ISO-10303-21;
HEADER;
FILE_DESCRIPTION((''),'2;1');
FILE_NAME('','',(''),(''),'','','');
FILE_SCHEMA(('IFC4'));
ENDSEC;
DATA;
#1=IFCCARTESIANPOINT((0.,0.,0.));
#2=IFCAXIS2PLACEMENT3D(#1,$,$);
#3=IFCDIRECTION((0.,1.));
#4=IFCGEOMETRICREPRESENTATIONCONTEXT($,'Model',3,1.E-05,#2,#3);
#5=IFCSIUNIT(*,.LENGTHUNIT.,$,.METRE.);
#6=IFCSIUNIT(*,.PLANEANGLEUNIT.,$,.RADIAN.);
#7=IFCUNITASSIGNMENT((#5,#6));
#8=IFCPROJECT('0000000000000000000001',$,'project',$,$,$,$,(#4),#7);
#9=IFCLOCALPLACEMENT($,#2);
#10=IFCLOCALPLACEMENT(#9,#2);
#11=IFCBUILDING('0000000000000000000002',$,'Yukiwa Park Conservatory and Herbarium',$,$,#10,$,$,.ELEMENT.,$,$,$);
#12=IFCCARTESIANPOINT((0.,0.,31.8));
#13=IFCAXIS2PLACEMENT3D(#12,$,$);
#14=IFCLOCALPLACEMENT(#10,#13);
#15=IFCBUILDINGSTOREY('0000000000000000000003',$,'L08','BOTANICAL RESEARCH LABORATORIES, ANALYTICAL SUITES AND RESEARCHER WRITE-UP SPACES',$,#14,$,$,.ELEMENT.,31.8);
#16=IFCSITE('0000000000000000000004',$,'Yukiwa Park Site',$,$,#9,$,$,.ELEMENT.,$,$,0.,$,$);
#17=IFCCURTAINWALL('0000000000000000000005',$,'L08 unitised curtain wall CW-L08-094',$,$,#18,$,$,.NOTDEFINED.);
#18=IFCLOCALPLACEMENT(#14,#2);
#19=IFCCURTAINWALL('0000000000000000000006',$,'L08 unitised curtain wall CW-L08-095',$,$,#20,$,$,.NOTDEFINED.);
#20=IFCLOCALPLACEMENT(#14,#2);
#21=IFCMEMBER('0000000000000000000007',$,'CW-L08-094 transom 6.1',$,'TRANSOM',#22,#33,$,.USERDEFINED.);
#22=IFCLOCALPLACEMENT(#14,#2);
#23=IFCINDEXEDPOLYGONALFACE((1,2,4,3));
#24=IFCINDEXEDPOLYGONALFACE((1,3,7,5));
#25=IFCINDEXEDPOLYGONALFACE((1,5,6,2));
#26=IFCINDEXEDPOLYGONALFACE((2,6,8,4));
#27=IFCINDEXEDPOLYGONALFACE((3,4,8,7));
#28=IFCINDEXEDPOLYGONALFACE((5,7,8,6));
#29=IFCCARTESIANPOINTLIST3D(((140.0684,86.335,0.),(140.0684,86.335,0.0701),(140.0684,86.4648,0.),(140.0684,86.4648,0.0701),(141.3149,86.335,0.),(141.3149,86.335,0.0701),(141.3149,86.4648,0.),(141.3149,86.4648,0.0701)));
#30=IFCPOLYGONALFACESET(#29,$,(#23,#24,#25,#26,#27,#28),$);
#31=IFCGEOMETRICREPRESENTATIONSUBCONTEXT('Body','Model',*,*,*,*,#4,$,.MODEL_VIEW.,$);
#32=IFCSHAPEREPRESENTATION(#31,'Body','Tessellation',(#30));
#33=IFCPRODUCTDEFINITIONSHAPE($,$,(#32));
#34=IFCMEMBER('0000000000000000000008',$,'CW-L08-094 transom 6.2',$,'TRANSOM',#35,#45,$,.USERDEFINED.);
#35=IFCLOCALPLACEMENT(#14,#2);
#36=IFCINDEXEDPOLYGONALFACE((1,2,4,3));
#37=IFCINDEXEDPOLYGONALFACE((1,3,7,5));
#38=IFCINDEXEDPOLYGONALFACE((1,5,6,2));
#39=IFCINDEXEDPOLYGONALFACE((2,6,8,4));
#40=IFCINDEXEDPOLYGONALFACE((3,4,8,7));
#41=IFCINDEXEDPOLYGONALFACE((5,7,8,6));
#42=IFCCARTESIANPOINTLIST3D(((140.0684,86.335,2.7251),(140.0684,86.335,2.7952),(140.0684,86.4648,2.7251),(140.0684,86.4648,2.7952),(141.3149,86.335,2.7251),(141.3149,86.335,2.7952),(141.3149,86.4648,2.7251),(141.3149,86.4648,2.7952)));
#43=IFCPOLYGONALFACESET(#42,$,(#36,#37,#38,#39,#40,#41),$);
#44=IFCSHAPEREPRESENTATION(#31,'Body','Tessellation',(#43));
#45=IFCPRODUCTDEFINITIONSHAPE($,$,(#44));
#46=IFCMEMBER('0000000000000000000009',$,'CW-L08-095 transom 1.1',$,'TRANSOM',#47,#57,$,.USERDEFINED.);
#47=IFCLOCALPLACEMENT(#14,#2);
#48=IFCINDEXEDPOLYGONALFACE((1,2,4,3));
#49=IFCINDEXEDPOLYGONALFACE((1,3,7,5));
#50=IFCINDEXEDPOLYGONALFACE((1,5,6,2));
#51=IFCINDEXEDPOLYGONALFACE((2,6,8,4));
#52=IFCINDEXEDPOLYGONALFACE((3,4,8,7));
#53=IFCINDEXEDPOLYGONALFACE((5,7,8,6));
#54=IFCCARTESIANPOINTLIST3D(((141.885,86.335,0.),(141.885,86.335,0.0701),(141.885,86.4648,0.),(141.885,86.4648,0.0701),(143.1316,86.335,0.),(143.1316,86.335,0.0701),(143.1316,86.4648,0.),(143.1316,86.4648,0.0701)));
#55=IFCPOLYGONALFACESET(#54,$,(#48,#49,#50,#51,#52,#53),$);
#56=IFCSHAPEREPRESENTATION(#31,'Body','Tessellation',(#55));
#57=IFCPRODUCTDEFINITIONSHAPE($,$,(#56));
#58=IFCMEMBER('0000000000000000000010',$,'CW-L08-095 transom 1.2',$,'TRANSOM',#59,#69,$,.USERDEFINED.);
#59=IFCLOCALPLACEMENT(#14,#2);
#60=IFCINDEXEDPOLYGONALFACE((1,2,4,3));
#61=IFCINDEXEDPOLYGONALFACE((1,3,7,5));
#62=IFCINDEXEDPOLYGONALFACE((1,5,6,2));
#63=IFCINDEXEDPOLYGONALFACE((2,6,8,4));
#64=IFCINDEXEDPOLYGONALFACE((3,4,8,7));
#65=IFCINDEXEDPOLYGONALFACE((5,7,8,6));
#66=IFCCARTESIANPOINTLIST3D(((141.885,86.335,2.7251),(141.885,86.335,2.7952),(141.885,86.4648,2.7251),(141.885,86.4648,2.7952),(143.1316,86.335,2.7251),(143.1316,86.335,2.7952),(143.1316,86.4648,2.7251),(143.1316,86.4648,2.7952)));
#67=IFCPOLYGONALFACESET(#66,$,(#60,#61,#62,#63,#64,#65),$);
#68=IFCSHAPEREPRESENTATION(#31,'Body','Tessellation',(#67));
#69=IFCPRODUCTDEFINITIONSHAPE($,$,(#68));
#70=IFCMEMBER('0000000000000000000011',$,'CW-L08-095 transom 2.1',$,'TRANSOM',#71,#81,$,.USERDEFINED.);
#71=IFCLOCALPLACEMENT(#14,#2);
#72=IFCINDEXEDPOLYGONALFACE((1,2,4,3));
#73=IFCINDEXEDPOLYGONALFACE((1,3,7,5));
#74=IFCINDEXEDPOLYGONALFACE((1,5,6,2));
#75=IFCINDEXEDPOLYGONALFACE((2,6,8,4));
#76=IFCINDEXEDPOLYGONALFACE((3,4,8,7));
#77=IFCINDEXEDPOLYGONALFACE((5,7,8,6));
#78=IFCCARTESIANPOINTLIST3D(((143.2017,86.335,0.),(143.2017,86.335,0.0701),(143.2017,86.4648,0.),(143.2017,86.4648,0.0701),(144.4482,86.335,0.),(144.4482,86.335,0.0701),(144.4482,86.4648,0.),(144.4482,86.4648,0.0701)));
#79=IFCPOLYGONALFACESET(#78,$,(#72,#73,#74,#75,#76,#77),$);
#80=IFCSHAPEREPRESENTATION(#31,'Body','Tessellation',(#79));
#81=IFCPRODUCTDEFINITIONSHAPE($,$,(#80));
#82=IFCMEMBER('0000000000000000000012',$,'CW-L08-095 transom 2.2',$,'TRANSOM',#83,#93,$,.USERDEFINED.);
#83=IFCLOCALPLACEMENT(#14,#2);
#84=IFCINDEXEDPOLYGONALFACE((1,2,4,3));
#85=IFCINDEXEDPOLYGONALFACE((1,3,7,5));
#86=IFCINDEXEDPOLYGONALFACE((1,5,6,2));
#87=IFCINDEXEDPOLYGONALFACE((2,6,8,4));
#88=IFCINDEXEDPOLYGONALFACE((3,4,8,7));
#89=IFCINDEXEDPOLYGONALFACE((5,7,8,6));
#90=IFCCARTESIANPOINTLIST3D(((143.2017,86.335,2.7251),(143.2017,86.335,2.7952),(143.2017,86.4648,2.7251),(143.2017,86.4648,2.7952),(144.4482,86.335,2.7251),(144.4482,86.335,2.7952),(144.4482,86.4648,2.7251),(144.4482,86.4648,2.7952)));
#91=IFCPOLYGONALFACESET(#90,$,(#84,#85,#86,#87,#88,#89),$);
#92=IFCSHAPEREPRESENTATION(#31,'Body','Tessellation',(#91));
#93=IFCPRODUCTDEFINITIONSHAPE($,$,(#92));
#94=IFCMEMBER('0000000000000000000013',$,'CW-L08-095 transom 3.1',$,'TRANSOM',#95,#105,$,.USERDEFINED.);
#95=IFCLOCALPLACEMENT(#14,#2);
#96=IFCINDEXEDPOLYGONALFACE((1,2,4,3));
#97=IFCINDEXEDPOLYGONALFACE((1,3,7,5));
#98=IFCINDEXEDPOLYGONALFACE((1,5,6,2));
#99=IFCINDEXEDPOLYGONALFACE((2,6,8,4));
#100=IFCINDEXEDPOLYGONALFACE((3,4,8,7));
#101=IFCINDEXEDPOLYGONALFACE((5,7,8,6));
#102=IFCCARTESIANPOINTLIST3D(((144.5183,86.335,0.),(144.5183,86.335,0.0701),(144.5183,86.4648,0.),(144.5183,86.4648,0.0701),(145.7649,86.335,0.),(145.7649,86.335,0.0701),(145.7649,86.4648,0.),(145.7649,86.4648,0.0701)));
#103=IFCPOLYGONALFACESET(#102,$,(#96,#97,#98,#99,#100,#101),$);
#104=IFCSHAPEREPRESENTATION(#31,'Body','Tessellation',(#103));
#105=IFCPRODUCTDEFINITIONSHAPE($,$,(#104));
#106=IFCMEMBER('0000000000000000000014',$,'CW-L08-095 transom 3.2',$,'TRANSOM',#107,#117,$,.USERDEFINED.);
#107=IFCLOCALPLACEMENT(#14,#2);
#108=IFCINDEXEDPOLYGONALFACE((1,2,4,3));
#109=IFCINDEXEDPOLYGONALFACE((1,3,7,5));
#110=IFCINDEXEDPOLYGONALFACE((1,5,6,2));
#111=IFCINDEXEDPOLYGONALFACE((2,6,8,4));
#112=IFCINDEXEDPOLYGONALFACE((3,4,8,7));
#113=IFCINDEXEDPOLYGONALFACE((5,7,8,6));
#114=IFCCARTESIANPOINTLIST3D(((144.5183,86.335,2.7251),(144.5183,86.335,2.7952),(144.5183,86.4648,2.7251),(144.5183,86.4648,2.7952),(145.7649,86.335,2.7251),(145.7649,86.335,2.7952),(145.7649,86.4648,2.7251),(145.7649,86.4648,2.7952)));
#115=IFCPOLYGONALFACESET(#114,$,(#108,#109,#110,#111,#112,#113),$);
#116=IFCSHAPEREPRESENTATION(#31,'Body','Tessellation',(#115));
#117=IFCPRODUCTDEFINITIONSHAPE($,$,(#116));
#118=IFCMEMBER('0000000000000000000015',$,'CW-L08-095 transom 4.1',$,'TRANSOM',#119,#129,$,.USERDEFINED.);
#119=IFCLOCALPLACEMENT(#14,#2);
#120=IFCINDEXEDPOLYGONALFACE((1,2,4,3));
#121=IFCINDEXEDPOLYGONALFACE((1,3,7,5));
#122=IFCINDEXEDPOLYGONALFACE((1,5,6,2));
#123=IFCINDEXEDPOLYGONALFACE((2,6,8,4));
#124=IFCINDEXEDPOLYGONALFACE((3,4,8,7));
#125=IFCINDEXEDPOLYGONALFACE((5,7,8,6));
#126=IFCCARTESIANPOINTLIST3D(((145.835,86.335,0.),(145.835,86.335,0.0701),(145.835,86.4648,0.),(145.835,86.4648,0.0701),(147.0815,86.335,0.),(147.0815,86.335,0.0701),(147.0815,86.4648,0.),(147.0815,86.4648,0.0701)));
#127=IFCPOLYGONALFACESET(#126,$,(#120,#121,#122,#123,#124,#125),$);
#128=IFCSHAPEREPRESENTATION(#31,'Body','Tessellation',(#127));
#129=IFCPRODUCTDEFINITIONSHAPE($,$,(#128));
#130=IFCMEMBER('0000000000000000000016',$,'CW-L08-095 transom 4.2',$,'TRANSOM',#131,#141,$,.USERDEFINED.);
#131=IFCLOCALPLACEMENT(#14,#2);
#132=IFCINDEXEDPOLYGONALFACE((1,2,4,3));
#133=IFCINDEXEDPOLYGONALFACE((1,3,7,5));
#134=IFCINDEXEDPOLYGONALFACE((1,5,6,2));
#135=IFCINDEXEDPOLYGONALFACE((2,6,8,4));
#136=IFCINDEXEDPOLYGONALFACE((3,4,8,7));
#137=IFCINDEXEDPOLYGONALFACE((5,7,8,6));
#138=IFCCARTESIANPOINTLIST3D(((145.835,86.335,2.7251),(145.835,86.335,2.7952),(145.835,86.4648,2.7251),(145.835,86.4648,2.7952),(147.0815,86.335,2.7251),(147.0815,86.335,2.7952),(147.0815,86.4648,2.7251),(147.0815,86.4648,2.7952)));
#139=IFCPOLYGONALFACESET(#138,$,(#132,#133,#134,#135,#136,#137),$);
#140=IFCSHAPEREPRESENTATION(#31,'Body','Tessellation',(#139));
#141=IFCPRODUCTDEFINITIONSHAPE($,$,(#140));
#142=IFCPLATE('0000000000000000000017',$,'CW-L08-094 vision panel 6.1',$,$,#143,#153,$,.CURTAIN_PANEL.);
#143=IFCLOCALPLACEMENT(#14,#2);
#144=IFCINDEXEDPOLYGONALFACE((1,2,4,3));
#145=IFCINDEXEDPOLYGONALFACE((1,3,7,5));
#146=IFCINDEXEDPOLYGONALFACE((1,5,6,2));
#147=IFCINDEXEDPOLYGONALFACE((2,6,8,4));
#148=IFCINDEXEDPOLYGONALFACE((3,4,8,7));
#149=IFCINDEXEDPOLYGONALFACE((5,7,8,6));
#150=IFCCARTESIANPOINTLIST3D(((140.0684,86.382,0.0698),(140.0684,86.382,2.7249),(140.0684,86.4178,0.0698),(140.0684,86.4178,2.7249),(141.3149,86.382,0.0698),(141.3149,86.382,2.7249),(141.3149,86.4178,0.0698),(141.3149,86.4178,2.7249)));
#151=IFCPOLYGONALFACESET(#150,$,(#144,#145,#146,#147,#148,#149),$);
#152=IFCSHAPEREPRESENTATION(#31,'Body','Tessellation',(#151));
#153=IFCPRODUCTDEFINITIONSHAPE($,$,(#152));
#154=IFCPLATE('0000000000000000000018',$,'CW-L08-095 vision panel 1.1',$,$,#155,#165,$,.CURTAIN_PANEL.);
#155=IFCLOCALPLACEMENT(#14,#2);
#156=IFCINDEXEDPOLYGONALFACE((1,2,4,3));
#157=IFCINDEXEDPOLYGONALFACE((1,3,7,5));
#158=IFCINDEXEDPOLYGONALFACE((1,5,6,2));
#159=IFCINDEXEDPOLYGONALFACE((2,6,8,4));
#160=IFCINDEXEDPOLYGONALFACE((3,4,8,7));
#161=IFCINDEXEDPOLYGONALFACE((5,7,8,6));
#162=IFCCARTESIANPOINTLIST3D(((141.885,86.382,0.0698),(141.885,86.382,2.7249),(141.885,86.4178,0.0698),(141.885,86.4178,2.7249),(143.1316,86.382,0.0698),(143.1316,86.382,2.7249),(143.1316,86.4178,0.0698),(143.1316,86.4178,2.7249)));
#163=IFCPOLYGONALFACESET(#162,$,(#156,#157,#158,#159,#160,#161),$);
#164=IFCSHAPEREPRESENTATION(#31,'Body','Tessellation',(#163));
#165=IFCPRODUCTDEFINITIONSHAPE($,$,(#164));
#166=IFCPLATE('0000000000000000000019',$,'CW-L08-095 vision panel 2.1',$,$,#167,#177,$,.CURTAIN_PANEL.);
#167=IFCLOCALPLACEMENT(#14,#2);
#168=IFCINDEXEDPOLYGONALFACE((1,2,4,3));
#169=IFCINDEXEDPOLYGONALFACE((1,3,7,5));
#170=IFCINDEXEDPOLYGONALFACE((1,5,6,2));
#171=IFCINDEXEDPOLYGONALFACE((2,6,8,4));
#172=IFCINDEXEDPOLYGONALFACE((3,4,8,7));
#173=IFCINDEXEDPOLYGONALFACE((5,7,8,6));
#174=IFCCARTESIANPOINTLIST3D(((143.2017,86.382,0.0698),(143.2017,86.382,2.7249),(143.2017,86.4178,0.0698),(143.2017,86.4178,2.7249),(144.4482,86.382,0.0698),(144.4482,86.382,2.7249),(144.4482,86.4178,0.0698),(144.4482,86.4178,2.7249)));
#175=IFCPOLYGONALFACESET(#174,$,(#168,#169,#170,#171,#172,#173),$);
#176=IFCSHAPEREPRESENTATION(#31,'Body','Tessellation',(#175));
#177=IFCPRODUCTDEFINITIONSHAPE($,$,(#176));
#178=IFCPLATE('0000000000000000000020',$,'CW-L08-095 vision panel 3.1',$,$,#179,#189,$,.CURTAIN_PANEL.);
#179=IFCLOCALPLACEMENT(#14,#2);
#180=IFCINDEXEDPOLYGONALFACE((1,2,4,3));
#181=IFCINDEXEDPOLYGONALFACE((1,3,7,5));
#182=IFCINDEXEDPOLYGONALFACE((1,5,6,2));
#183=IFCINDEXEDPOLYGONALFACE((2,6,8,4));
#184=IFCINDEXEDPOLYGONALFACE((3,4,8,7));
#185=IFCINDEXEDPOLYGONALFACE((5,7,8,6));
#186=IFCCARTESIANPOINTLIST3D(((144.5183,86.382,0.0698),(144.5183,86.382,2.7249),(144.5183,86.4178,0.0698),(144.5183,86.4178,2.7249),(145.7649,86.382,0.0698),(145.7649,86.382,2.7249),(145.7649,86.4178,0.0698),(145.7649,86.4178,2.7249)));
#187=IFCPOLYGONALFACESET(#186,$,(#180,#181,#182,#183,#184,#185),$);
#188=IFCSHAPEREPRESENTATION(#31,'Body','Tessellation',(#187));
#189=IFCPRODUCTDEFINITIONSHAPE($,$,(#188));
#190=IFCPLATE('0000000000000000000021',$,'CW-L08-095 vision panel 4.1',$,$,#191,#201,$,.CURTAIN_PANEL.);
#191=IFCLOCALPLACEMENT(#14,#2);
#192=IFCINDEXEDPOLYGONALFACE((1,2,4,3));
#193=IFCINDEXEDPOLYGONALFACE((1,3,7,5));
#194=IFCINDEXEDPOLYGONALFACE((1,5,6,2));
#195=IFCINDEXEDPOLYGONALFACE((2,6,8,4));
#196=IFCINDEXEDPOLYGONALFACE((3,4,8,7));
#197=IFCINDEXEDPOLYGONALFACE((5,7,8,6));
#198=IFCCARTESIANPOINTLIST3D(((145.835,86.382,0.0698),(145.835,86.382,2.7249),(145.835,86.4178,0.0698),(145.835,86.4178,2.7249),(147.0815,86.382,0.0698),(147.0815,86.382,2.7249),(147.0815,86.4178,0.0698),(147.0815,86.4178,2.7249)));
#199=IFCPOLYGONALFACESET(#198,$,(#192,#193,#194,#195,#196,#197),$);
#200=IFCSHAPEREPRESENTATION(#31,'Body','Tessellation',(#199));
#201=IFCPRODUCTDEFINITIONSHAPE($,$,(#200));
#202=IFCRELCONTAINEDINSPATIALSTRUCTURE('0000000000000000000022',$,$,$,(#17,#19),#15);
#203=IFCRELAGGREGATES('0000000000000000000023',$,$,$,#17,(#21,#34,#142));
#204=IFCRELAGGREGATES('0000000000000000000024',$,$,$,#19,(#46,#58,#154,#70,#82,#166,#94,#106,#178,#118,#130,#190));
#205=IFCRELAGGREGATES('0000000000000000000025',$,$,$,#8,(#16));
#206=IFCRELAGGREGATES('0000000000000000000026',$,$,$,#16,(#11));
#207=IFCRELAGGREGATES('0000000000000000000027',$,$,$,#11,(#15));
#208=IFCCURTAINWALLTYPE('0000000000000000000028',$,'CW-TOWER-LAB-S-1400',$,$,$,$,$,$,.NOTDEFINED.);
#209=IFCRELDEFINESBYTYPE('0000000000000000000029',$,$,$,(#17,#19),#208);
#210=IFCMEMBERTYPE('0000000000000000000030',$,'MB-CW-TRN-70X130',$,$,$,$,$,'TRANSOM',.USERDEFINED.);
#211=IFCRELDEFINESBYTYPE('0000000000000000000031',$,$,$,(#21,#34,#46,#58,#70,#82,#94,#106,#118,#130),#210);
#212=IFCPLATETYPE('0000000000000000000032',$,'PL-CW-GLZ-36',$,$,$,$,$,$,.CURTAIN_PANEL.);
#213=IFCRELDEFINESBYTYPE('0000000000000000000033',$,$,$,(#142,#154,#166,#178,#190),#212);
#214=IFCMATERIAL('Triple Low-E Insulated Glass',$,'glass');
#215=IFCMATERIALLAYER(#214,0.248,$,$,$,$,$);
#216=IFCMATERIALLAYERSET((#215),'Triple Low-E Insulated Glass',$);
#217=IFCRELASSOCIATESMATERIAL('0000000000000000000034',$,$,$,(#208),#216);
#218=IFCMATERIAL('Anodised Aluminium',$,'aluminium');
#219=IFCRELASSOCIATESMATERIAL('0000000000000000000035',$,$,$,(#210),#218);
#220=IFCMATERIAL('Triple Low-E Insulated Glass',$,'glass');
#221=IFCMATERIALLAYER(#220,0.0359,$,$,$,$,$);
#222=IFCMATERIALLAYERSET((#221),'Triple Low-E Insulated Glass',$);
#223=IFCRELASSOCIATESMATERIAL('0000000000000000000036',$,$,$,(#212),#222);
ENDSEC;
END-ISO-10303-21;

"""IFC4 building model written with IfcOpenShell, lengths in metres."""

from ifc_helpers import new_model, si_unit, direction, frame, origin, origin_2d, place, context, subcontext, project, spatial, rectangle, extrude, material, layer, layer_set, type_object, element, aggregate, save


model = new_model("IFC4")

# Units and contexts
model_context = context("Model", 3, precision=1e-05, world=origin(), true_north=direction((0.0, 1.0)))
body_context = subcontext(model_context, "Body", "Model", "MODEL_VIEW")
ifc_project = project(units=[si_unit("LENGTHUNIT", "METRE"), si_unit("PLANEANGLEUNIT", "RADIAN")], contexts=[model_context])

# Site, building, storey
site_placement = place(None, origin())
site = spatial("IfcSite", under=ifc_project, at=site_placement, Name="Yukiwa Park Site", CompositionType="ELEMENT", RefElevation=0.0)
building_placement = place(site_placement, origin())
building = spatial("IfcBuilding", under=site, at=building_placement, Name="Yukiwa Park Conservatory and Herbarium", CompositionType="ELEMENT")
storey_placement = place(building_placement, frame((0.0, 0.0, 31.8)))
storey = spatial("IfcBuildingStorey", under=building, at=storey_placement, Name="L08", Description="BOTANICAL RESEARCH LABORATORIES, ANALYTICAL SUITES AND RESEARCHER WRITE-UP SPACES", CompositionType="ELEMENT", Elevation=31.8)

# Curtain wall
ifc_material_1 = material(Name="Triple Low-E Insulated Glass", Category="glass")
ifc_layer_1 = layer(ifc_material_1, 0.248)
ifc_layer_set_1 = layer_set([ifc_layer_1], Name="Triple Low-E Insulated Glass")
curtain_wall_type = type_object("IfcCurtainWallType", Name="CW-TOWER-LAB-S-1400", PredefinedType="NOTDEFINED", material=ifc_layer_set_1)
curtain_wall_1_placement = place(storey_placement, origin())
curtain_wall_1 = element("IfcCurtainWall", 1, at=curtain_wall_1_placement, inside=storey, type_object=curtain_wall_type, Name="L08 unitised curtain wall CW-L08-094", PredefinedType="NOTDEFINED")

# Curtain wall
curtain_wall_2_placement = place(storey_placement, origin())
curtain_wall_2 = element("IfcCurtainWall", 2, at=curtain_wall_2_placement, inside=storey, type_object=curtain_wall_type, Name="L08 unitised curtain wall CW-L08-095", PredefinedType="NOTDEFINED")

# Members
ifc_material_2 = material(Name="Anodised Aluminium", Category="aluminium")
member_type_1 = type_object("IfcMemberType", Name="MB-CW-TRN-70X130", ElementType="TRANSOM", PredefinedType="USERDEFINED", material=ifc_material_2)
member_1_placement = place(storey_placement, frame((140.6917, 86.3999, 0.0), z_axis=(0.0, 0.0, 1.0), x_axis=(1.0, 0.0, 0.0)))
member_1 = element("IfcMember", 3, at=member_1_placement, type_object=member_type_1, Name="CW-L08-094 transom 6.1", ObjectType="TRANSOM", PredefinedType="USERDEFINED", context=body_context, shape_type="SweptSolid", body=[
    extrude(rectangle(XDim=1.2466, YDim=0.1299, at=origin_2d()), origin(), (0.0, 0.0, 1.0), 0.0701),
])
member_2_placement = place(storey_placement, frame((140.6917, 86.3999, 2.7251), z_axis=(0.0, 0.0, 1.0), x_axis=(1.0, 0.0, 0.0)))
member_2 = element("IfcMember", 4, at=member_2_placement, type_object=member_type_1, Name="CW-L08-094 transom 6.2", ObjectType="TRANSOM", PredefinedType="USERDEFINED", context=body_context, shape_type="SweptSolid", body=[
    extrude(rectangle(XDim=1.2466, YDim=0.1299, at=origin_2d()), origin(), (0.0, 0.0, 1.0), 0.0701),
])
member_3_placement = place(storey_placement, frame((142.5083, 86.3999, 0.0), z_axis=(0.0, 0.0, 1.0), x_axis=(1.0, 0.0, 0.0)))
member_3 = element("IfcMember", 5, at=member_3_placement, type_object=member_type_1, Name="CW-L08-095 transom 1.1", ObjectType="TRANSOM", PredefinedType="USERDEFINED", context=body_context, shape_type="SweptSolid", body=[
    extrude(rectangle(XDim=1.2466, YDim=0.1299, at=origin_2d()), origin(), (0.0, 0.0, 1.0), 0.0701),
])
member_4_placement = place(storey_placement, frame((142.5083, 86.3999, 2.7251), z_axis=(0.0, 0.0, 1.0), x_axis=(1.0, 0.0, 0.0)))
member_4 = element("IfcMember", 6, at=member_4_placement, type_object=member_type_1, Name="CW-L08-095 transom 1.2", ObjectType="TRANSOM", PredefinedType="USERDEFINED", context=body_context, shape_type="SweptSolid", body=[
    extrude(rectangle(XDim=1.2466, YDim=0.1299, at=origin_2d()), origin(), (0.0, 0.0, 1.0), 0.0701),
])
member_5_placement = place(storey_placement, frame((143.825, 86.3999, 0.0), z_axis=(0.0, 0.0, 1.0), x_axis=(1.0, 0.0, 0.0)))
member_5 = element("IfcMember", 7, at=member_5_placement, type_object=member_type_1, Name="CW-L08-095 transom 2.1", ObjectType="TRANSOM", PredefinedType="USERDEFINED", context=body_context, shape_type="SweptSolid", body=[
    extrude(rectangle(XDim=1.2466, YDim=0.1299, at=origin_2d()), origin(), (0.0, 0.0, 1.0), 0.0701),
])
member_6_placement = place(storey_placement, frame((143.825, 86.3999, 2.7251), z_axis=(0.0, 0.0, 1.0), x_axis=(1.0, 0.0, 0.0)))
member_6 = element("IfcMember", 8, at=member_6_placement, type_object=member_type_1, Name="CW-L08-095 transom 2.2", ObjectType="TRANSOM", PredefinedType="USERDEFINED", context=body_context, shape_type="SweptSolid", body=[
    extrude(rectangle(XDim=1.2466, YDim=0.1299, at=origin_2d()), origin(), (0.0, 0.0, 1.0), 0.0701),
])
member_7_placement = place(storey_placement, frame((145.1416, 86.3999, 0.0), z_axis=(0.0, 0.0, 1.0), x_axis=(1.0, 0.0, 0.0)))
member_7 = element("IfcMember", 9, at=member_7_placement, type_object=member_type_1, Name="CW-L08-095 transom 3.1", ObjectType="TRANSOM", PredefinedType="USERDEFINED", context=body_context, shape_type="SweptSolid", body=[
    extrude(rectangle(XDim=1.2466, YDim=0.1299, at=origin_2d()), origin(), (0.0, 0.0, 1.0), 0.0701),
])
member_8_placement = place(storey_placement, frame((145.1416, 86.3999, 2.7251), z_axis=(0.0, 0.0, 1.0), x_axis=(1.0, 0.0, 0.0)))
member_8 = element("IfcMember", 10, at=member_8_placement, type_object=member_type_1, Name="CW-L08-095 transom 3.2", ObjectType="TRANSOM", PredefinedType="USERDEFINED", context=body_context, shape_type="SweptSolid", body=[
    extrude(rectangle(XDim=1.2466, YDim=0.1299, at=origin_2d()), origin(), (0.0, 0.0, 1.0), 0.0701),
])
member_9_placement = place(storey_placement, frame((146.4583, 86.3999, 0.0), z_axis=(0.0, 0.0, 1.0), x_axis=(1.0, 0.0, 0.0)))
member_9 = element("IfcMember", 11, at=member_9_placement, type_object=member_type_1, Name="CW-L08-095 transom 4.1", ObjectType="TRANSOM", PredefinedType="USERDEFINED", context=body_context, shape_type="SweptSolid", body=[
    extrude(rectangle(XDim=1.2466, YDim=0.1299, at=origin_2d()), origin(), (0.0, 0.0, 1.0), 0.0701),
])
member_10_placement = place(storey_placement, frame((146.4583, 86.3999, 2.7251), z_axis=(0.0, 0.0, 1.0), x_axis=(1.0, 0.0, 0.0)))
member_10 = element("IfcMember", 12, at=member_10_placement, type_object=member_type_1, Name="CW-L08-095 transom 4.2", ObjectType="TRANSOM", PredefinedType="USERDEFINED", context=body_context, shape_type="SweptSolid", body=[
    extrude(rectangle(XDim=1.2466, YDim=0.1299, at=origin_2d()), origin(), (0.0, 0.0, 1.0), 0.0701),
])

# Plates
ifc_material_3 = material(Name="Triple Low-E Insulated Glass", Category="glass")
ifc_layer_2 = layer(ifc_material_3, 0.0359)
ifc_layer_set_2 = layer_set([ifc_layer_2], Name="Triple Low-E Insulated Glass")
plate_type_1 = type_object("IfcPlateType", Name="PL-CW-GLZ-36", PredefinedType="CURTAIN_PANEL", material=ifc_layer_set_2)
plate_1_placement = place(storey_placement, frame((140.6917, 86.3999, 0.0698), z_axis=(0.0, 0.0, 1.0), x_axis=(1.0, 0.0, 0.0)))
plate_1 = element("IfcPlate", 13, at=plate_1_placement, type_object=plate_type_1, Name="CW-L08-094 vision panel 6.1", PredefinedType="CURTAIN_PANEL", context=body_context, shape_type="SweptSolid", body=[
    extrude(rectangle(XDim=1.2466, YDim=0.0359, at=origin_2d()), origin(), (0.0, 0.0, 1.0), 2.655),
])
aggregate(curtain_wall_1, [member_1, member_2, plate_1])
plate_2_placement = place(storey_placement, frame((142.5083, 86.3999, 0.0698), z_axis=(0.0, 0.0, 1.0), x_axis=(1.0, 0.0, 0.0)))
plate_2 = element("IfcPlate", 14, at=plate_2_placement, type_object=plate_type_1, Name="CW-L08-095 vision panel 1.1", PredefinedType="CURTAIN_PANEL", context=body_context, shape_type="SweptSolid", body=[
    extrude(rectangle(XDim=1.2466, YDim=0.0359, at=origin_2d()), origin(), (0.0, 0.0, 1.0), 2.655),
])
plate_3_placement = place(storey_placement, frame((143.825, 86.3999, 0.0698), z_axis=(0.0, 0.0, 1.0), x_axis=(1.0, 0.0, 0.0)))
plate_3 = element("IfcPlate", 15, at=plate_3_placement, type_object=plate_type_1, Name="CW-L08-095 vision panel 2.1", PredefinedType="CURTAIN_PANEL", context=body_context, shape_type="SweptSolid", body=[
    extrude(rectangle(XDim=1.2466, YDim=0.0359, at=origin_2d()), origin(), (0.0, 0.0, 1.0), 2.655),
])
plate_4_placement = place(storey_placement, frame((145.1416, 86.3999, 0.0698), z_axis=(0.0, 0.0, 1.0), x_axis=(1.0, 0.0, 0.0)))
plate_4 = element("IfcPlate", 16, at=plate_4_placement, type_object=plate_type_1, Name="CW-L08-095 vision panel 3.1", PredefinedType="CURTAIN_PANEL", context=body_context, shape_type="SweptSolid", body=[
    extrude(rectangle(XDim=1.2466, YDim=0.0359, at=origin_2d()), origin(), (0.0, 0.0, 1.0), 2.655),
])
plate_5_placement = place(storey_placement, frame((146.4583, 86.3999, 0.0698), z_axis=(0.0, 0.0, 1.0), x_axis=(1.0, 0.0, 0.0)))
plate_5 = element("IfcPlate", 17, at=plate_5_placement, type_object=plate_type_1, Name="CW-L08-095 vision panel 4.1", PredefinedType="CURTAIN_PANEL", context=body_context, shape_type="SweptSolid", body=[
    extrude(rectangle(XDim=1.2466, YDim=0.0359, at=origin_2d()), origin(), (0.0, 0.0, 1.0), 2.655),
])
aggregate(curtain_wall_2, [member_3, member_4, plate_2, member_5, member_6, plate_3, member_7, member_8, plate_4, member_9, member_10, plate_5])

save(model, "model.ifc")
